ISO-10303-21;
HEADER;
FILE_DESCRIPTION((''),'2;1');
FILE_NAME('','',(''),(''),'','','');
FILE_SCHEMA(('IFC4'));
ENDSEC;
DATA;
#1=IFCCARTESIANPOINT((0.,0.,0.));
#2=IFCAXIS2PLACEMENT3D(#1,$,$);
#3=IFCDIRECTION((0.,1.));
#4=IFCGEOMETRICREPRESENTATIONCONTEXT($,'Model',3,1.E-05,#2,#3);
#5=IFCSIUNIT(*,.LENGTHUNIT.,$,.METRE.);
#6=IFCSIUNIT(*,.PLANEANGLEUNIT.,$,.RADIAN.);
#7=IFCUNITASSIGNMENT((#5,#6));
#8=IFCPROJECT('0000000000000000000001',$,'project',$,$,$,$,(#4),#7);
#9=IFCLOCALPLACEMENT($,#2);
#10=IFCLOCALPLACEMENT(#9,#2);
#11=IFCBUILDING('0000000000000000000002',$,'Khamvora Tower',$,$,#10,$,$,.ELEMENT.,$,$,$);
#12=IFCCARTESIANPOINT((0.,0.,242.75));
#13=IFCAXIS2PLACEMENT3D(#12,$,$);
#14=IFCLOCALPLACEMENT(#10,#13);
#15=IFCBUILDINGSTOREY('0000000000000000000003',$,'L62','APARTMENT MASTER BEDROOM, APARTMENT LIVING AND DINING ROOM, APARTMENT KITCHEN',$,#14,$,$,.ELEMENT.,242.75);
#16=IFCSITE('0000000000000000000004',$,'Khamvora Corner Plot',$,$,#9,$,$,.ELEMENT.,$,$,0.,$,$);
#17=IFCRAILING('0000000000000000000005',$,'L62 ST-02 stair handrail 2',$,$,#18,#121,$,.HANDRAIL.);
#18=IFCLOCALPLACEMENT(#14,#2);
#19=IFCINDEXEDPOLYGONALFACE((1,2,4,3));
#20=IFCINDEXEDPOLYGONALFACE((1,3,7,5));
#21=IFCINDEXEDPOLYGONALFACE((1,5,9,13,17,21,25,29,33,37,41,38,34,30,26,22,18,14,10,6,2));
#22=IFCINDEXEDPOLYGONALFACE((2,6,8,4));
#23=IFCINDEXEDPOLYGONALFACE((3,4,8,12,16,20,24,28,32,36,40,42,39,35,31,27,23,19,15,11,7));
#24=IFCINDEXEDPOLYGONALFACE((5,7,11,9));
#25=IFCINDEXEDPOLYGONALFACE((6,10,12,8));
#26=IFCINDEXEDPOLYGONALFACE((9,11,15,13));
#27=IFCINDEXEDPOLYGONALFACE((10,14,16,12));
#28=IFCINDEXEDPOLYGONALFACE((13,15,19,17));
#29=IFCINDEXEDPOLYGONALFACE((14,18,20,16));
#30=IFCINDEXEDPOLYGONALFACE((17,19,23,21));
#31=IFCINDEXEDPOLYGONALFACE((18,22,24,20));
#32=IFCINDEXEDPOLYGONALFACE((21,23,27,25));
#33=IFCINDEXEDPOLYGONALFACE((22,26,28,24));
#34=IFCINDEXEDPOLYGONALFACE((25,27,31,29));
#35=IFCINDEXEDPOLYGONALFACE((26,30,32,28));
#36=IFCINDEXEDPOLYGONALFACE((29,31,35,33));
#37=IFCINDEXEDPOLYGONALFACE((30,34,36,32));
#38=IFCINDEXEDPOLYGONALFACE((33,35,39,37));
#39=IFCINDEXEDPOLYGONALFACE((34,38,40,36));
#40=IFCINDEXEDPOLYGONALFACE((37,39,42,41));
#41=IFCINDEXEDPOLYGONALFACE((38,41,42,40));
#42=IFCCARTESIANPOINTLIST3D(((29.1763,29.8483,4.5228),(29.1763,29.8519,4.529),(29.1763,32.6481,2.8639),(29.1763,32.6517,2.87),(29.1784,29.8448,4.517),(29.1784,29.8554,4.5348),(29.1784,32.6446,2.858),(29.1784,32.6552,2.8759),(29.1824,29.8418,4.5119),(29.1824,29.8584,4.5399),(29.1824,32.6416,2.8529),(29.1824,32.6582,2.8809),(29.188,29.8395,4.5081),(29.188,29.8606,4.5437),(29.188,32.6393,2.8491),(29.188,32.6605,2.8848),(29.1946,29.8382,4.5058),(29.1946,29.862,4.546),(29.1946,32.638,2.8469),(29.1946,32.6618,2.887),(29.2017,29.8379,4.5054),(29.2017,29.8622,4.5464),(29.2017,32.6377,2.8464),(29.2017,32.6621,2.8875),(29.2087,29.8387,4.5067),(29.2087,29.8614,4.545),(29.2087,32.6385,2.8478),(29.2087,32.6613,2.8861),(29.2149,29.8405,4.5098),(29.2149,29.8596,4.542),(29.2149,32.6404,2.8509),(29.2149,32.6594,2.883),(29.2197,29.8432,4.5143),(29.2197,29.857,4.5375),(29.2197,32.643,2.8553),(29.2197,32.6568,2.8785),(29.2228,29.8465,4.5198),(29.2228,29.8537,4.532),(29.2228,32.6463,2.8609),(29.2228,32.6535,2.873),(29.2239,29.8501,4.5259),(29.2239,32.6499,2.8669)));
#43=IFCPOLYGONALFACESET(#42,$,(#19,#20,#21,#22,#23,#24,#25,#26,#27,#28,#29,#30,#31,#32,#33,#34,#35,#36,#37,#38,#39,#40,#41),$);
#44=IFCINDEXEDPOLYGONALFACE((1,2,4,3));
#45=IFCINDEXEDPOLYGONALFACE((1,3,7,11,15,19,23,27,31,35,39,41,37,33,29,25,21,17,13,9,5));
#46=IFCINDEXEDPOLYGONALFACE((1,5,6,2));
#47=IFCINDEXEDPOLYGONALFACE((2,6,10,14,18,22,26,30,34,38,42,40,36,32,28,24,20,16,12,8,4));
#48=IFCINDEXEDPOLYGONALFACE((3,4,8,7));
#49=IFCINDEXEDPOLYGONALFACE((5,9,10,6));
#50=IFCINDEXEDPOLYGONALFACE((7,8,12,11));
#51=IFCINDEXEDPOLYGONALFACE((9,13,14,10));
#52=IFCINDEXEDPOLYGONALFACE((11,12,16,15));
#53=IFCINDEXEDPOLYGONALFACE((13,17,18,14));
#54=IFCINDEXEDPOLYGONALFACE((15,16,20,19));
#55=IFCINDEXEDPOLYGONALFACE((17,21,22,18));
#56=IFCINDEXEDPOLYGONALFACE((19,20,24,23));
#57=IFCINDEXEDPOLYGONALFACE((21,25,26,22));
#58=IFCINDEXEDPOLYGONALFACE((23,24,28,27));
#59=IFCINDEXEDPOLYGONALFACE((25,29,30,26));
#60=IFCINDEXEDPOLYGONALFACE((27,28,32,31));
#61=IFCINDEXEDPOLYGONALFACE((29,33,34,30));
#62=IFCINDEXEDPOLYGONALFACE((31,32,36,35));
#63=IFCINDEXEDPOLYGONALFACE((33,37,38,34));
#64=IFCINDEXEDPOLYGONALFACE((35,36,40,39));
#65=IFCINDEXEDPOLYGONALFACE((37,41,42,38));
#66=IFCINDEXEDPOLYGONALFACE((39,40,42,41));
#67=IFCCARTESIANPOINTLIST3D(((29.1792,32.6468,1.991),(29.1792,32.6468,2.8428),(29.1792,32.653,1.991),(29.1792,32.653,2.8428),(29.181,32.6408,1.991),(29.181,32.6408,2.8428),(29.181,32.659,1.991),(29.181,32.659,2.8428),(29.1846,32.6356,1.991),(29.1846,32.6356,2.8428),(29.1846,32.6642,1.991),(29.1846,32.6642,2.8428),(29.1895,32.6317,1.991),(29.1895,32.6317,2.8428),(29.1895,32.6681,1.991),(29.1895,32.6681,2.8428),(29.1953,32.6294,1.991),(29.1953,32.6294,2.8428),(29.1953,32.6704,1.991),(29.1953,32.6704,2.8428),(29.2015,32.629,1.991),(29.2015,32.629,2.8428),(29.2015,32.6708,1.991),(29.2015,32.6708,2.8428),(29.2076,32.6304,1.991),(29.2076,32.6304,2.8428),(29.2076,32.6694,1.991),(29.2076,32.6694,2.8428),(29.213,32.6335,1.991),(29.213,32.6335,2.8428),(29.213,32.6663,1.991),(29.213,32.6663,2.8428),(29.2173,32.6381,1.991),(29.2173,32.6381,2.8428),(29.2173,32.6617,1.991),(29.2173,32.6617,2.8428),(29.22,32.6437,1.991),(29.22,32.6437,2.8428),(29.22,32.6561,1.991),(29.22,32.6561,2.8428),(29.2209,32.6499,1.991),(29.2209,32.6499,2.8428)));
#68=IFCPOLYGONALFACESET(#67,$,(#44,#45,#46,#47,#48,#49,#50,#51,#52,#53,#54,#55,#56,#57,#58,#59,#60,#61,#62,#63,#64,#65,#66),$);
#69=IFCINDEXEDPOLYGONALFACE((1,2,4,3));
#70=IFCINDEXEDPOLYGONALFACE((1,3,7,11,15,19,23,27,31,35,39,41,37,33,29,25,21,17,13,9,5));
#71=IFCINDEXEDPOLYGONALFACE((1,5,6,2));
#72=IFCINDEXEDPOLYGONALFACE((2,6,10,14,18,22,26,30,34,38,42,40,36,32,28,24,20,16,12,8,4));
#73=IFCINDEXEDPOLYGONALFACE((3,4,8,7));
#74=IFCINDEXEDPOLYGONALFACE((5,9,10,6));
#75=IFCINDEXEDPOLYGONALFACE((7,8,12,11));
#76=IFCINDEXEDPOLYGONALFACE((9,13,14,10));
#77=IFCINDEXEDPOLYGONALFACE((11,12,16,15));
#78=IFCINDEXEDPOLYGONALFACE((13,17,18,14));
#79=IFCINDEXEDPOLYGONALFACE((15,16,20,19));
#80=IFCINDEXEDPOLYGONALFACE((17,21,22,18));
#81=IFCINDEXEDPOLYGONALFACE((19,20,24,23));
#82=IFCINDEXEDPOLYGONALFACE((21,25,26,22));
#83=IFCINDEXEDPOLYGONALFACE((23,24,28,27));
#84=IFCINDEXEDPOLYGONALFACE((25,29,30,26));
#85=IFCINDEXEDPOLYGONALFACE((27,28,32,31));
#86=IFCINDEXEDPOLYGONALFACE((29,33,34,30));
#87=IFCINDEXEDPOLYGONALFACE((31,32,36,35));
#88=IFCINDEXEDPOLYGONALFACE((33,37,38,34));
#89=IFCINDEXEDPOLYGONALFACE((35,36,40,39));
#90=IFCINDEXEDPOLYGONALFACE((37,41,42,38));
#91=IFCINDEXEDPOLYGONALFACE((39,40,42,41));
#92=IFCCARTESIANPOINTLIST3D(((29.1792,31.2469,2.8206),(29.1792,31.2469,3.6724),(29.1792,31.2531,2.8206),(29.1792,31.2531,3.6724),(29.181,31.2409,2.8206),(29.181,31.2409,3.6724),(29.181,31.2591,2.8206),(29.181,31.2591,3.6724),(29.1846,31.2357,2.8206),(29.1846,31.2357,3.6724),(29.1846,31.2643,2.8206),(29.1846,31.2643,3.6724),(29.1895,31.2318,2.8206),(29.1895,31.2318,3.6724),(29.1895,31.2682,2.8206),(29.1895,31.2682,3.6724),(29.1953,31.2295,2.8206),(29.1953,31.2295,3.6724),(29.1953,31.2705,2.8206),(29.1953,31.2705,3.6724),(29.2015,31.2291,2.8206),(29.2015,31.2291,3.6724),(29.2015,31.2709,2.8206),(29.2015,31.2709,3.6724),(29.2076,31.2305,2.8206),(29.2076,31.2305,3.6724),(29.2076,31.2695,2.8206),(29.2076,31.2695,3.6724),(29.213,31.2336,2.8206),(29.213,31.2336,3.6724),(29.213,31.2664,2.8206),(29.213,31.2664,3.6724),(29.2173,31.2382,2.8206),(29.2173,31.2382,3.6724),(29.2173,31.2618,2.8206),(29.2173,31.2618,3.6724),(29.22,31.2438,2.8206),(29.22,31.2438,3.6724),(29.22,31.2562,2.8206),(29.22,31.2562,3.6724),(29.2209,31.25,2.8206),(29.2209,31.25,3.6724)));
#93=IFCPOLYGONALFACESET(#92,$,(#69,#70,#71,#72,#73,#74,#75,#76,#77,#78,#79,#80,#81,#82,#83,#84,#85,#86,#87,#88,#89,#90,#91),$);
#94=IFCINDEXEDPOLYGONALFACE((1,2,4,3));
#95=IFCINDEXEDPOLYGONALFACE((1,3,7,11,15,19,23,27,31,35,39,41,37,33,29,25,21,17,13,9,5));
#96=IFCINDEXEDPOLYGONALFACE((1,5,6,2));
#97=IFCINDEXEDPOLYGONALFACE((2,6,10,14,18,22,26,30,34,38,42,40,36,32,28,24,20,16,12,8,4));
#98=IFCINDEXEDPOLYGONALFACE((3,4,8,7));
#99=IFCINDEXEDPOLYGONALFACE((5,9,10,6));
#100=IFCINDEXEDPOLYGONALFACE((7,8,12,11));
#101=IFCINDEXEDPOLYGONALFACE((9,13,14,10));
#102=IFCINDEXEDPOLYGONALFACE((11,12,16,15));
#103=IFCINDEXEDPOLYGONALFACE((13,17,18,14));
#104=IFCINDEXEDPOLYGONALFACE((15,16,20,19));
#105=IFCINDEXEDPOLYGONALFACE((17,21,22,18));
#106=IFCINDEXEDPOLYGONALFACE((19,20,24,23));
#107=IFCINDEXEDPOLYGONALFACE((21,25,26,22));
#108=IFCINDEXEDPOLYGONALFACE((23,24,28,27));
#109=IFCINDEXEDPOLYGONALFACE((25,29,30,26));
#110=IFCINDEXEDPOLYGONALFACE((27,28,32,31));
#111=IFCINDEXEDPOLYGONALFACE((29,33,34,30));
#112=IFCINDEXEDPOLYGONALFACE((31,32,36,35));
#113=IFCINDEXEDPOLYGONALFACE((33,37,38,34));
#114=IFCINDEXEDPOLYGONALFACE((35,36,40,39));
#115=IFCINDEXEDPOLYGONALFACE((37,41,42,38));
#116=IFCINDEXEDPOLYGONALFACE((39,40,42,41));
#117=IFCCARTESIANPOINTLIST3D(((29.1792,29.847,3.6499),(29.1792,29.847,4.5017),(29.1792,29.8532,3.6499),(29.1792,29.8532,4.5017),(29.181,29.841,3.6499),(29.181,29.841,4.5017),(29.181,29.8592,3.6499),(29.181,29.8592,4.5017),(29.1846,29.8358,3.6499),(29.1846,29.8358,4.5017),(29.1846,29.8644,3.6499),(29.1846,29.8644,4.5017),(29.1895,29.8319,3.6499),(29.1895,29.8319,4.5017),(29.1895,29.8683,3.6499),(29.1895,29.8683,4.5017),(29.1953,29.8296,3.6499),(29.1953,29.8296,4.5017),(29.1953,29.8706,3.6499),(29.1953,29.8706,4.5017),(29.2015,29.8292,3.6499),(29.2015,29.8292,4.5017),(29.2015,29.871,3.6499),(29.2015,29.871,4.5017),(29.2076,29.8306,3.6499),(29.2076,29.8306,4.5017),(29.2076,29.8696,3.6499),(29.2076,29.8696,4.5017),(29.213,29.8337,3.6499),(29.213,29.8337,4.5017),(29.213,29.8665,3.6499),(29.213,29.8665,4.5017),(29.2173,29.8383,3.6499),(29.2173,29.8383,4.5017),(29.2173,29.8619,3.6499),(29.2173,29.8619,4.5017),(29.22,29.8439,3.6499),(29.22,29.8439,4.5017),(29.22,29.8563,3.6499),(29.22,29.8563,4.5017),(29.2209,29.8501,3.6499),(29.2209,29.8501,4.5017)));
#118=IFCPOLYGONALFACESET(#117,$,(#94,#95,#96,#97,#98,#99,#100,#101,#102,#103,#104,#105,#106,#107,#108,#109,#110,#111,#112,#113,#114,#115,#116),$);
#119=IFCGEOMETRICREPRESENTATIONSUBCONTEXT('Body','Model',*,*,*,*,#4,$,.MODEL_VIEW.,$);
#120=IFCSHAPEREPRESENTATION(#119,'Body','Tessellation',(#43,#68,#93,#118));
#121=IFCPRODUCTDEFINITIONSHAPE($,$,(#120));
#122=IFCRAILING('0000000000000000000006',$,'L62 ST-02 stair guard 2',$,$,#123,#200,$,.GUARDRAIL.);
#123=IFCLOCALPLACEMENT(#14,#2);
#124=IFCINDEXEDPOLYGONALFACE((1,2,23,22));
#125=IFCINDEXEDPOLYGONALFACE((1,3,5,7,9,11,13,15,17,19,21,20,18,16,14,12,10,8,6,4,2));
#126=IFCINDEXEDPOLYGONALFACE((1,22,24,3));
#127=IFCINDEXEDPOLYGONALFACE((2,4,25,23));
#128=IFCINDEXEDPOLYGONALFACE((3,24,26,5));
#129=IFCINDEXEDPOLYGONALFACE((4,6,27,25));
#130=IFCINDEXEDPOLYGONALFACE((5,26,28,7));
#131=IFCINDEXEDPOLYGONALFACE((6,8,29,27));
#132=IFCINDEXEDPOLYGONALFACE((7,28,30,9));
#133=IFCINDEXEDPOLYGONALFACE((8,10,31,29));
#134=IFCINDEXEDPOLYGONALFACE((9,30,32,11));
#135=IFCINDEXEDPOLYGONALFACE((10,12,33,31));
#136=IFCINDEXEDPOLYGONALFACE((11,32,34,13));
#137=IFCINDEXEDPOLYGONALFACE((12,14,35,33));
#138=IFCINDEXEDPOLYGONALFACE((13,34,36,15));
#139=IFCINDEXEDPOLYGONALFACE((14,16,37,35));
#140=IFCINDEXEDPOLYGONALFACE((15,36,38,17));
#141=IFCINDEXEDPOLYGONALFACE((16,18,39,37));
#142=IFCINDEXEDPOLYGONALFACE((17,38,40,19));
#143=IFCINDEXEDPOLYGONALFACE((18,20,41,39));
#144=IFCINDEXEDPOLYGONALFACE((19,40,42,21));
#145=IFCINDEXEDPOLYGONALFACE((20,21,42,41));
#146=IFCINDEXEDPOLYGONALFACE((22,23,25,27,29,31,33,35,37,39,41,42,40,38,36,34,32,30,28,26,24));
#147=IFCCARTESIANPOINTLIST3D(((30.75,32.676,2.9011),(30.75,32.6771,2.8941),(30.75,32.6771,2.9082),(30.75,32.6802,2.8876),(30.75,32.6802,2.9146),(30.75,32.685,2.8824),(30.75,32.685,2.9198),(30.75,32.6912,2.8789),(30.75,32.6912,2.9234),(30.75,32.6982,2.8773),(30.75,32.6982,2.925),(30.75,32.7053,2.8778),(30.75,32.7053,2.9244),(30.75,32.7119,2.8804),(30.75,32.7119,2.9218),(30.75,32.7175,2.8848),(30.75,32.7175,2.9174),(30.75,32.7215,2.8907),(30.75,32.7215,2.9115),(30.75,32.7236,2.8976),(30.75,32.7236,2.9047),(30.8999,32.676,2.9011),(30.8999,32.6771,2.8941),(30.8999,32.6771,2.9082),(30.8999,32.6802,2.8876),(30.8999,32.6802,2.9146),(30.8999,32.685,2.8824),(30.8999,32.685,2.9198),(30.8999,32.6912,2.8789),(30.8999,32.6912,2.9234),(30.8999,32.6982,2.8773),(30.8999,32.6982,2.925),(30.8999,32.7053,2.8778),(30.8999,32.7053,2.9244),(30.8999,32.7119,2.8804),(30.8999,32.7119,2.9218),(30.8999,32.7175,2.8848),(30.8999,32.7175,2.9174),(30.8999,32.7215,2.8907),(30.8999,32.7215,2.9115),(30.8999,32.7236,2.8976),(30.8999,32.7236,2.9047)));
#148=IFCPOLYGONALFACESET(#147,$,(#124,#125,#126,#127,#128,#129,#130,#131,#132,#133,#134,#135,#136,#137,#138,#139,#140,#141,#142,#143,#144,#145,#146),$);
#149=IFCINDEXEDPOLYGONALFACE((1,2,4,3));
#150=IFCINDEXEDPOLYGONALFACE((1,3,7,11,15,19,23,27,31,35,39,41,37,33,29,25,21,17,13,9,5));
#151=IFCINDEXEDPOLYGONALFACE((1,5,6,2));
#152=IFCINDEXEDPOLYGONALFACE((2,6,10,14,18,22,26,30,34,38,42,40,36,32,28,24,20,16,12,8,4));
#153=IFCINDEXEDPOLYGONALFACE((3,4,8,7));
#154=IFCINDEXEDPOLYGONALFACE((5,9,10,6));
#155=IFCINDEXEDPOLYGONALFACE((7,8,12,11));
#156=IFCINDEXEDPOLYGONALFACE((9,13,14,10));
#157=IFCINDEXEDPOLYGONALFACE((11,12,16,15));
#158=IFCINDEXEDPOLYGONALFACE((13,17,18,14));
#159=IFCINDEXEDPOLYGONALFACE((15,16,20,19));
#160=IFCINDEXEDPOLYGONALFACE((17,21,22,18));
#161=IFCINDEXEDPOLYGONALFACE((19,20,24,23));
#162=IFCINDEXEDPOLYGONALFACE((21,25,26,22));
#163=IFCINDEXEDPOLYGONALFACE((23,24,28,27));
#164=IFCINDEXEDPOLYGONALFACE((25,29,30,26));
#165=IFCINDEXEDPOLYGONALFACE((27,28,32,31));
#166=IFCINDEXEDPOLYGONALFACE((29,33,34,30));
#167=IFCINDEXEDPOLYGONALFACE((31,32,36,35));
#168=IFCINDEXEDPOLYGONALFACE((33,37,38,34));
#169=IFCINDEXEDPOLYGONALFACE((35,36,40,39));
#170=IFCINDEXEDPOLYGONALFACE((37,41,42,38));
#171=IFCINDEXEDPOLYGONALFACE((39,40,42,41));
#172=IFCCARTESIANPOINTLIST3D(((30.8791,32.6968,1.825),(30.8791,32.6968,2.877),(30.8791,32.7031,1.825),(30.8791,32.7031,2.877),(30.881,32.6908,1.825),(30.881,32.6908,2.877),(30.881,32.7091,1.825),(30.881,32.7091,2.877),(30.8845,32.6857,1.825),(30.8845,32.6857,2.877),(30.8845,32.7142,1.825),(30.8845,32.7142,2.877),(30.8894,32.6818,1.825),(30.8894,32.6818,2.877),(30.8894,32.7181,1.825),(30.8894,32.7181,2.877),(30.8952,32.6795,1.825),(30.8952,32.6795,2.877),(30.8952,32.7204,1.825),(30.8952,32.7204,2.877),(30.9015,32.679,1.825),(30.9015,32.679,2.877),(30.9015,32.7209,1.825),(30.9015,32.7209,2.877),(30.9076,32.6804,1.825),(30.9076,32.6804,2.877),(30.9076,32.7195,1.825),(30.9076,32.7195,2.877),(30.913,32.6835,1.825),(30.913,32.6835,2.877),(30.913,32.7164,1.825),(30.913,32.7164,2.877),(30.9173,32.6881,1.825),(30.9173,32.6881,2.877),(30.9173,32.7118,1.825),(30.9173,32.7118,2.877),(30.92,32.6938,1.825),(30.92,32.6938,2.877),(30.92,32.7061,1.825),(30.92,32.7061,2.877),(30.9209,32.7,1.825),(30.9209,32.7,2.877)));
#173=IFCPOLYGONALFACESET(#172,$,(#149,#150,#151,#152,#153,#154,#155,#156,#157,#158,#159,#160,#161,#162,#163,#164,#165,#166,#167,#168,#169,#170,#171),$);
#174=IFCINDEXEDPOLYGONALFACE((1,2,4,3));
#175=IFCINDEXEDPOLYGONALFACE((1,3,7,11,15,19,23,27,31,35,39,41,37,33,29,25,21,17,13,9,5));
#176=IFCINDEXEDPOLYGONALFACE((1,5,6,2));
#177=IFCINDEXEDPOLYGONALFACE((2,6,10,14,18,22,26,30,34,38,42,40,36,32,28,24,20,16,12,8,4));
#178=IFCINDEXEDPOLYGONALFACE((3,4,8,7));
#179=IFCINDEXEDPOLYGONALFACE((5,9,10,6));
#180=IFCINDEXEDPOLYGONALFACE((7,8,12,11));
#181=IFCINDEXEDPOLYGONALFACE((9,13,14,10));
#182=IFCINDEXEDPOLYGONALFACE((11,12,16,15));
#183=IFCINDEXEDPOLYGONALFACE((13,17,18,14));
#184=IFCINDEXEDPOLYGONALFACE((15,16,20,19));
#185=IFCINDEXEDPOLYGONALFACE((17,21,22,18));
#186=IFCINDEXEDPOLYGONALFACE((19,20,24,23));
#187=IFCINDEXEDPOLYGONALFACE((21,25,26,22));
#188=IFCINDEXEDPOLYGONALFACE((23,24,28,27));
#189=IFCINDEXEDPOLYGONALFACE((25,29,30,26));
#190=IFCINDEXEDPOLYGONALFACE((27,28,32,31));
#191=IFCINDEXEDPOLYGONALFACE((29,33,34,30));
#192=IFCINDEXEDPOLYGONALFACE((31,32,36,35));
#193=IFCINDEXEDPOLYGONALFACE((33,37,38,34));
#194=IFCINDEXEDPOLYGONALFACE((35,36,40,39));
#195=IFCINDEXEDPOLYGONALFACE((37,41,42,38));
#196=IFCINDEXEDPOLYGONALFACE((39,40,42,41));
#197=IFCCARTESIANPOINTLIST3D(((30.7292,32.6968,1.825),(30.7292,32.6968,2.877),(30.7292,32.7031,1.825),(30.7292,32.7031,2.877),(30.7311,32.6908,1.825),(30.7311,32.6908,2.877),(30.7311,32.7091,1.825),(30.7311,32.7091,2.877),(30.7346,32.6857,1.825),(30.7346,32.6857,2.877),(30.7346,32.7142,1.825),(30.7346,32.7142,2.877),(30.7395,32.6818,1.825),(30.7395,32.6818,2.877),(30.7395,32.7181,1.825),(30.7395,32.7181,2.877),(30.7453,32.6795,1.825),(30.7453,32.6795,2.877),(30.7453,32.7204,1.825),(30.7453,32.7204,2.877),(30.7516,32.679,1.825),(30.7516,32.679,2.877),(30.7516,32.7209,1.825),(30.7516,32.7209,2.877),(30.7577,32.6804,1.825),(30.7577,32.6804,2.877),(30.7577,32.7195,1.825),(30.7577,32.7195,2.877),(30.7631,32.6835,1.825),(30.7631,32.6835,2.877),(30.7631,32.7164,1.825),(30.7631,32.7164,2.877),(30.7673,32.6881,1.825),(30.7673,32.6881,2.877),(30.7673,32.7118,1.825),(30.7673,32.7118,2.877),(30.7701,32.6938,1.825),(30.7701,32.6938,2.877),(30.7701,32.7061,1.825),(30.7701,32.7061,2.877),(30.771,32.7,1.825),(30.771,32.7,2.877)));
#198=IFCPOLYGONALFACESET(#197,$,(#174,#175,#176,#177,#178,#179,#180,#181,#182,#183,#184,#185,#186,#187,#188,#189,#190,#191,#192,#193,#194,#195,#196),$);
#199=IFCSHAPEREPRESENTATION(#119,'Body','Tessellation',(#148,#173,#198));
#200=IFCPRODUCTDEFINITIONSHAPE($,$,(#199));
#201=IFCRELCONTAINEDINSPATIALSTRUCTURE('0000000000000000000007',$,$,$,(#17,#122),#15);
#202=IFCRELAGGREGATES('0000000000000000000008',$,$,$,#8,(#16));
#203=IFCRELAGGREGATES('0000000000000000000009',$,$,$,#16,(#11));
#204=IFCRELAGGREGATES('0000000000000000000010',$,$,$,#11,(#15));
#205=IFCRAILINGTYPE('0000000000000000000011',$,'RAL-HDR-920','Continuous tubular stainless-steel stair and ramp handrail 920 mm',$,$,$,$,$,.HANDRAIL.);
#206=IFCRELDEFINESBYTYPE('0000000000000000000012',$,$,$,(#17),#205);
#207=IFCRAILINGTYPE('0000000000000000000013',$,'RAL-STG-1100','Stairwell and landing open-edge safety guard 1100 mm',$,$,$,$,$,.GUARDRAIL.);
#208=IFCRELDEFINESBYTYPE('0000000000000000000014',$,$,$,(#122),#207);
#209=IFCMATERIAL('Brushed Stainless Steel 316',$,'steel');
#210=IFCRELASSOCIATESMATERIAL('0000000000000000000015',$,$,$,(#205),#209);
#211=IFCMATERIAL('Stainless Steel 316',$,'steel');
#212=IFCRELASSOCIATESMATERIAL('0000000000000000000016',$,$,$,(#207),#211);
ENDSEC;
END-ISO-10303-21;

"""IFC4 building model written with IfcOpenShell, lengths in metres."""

from ifc_helpers import new_model, si_unit, direction, frame, origin, origin_2d, place, context, subcontext, project, spatial, circle, extrude, material, type_object, element, save


model = new_model("IFC4")

# Units and contexts
model_context = context("Model", 3, precision=1e-05, world=origin(), true_north=direction((0.0, 1.0)))
body_context = subcontext(model_context, "Body", "Model", "MODEL_VIEW")
ifc_project = project(units=[si_unit("LENGTHUNIT", "METRE"), si_unit("PLANEANGLEUNIT", "RADIAN")], contexts=[model_context])

# Site, building, storey
site_placement = place(None, origin())
site = spatial("IfcSite", under=ifc_project, at=site_placement, Name="Khamvora Corner Plot", CompositionType="ELEMENT", RefElevation=0.0)
building_placement = place(site_placement, origin())
building = spatial("IfcBuilding", under=site, at=building_placement, Name="Khamvora Tower", CompositionType="ELEMENT")
storey_placement = place(building_placement, frame((0.0, 0.0, 242.75)))
storey = spatial("IfcBuildingStorey", under=building, at=storey_placement, Name="L62", Description="APARTMENT MASTER BEDROOM, APARTMENT LIVING AND DINING ROOM, APARTMENT KITCHEN", CompositionType="ELEMENT", Elevation=242.75)

# Railings
ifc_material_1 = material(Name="Brushed Stainless Steel 316", Category="steel")
railing_type_1 = type_object("IfcRailingType", Name="RAL-HDR-920", Description="Continuous tubular stainless-steel stair and ramp handrail 920 mm", PredefinedType="HANDRAIL", material=ifc_material_1)
railing_1_placement = place(storey_placement, frame((29.2, 32.6499, 1.991)))
element("IfcRailing", 1, at=railing_1_placement, inside=storey, type_object=railing_type_1, Name="L62 ST-02 stair handrail 2", PredefinedType="HANDRAIL", context=body_context, shape_type="SweptSolid", body=[
    extrude(circle(Radius=0.0239, at=origin_2d()), frame((0.0, 0.0, 0.876), z_axis=(0.0, -0.86032, 0.509755), x_axis=(1.0, 0.0, 0.0)), (0.0, 0.0, 1.0), 3.2544),
    extrude(circle(Radius=0.021, at=origin_2d()), origin(), (0.0, 0.0, 1.0), 0.8518),
    extrude(circle(Radius=0.021, at=origin_2d()), frame((0.0, -1.3999, 0.8296)), (0.0, 0.0, 1.0), 0.8518),
    extrude(circle(Radius=0.021, at=origin_2d()), frame((0.0, -2.7998, 1.6589)), (0.0, 0.0, 1.0), 0.8518),
])
ifc_material_2 = material(Name="Stainless Steel 316", Category="steel")
railing_type_2 = type_object("IfcRailingType", Name="RAL-STG-1100", Description="Stairwell and landing open-edge safety guard 1100 mm", PredefinedType="GUARDRAIL", material=ifc_material_2)
railing_2_placement = place(storey_placement, frame((30.8999, 32.7, 1.825)))
element("IfcRailing", 2, at=railing_2_placement, inside=storey, type_object=railing_type_2, Name="L62 ST-02 stair guard 2", PredefinedType="GUARDRAIL", context=body_context, shape_type="SweptSolid", body=[
    extrude(circle(Radius=0.0239, at=origin_2d()), frame((0.0, 0.0, 1.0762), z_axis=(-1.0, 0.0, 0.0), x_axis=(0.0, -1.0, 0.0)), (0.0, 0.0, 1.0), 0.1499),
    extrude(circle(Radius=0.021, at=origin_2d()), origin(), (0.0, 0.0, 1.0), 1.052),
    extrude(circle(Radius=0.021, at=origin_2d()), frame((-0.1499, 0.0, 0.0)), (0.0, 0.0, 1.0), 1.052),
])

save(model, "model.ifc")
